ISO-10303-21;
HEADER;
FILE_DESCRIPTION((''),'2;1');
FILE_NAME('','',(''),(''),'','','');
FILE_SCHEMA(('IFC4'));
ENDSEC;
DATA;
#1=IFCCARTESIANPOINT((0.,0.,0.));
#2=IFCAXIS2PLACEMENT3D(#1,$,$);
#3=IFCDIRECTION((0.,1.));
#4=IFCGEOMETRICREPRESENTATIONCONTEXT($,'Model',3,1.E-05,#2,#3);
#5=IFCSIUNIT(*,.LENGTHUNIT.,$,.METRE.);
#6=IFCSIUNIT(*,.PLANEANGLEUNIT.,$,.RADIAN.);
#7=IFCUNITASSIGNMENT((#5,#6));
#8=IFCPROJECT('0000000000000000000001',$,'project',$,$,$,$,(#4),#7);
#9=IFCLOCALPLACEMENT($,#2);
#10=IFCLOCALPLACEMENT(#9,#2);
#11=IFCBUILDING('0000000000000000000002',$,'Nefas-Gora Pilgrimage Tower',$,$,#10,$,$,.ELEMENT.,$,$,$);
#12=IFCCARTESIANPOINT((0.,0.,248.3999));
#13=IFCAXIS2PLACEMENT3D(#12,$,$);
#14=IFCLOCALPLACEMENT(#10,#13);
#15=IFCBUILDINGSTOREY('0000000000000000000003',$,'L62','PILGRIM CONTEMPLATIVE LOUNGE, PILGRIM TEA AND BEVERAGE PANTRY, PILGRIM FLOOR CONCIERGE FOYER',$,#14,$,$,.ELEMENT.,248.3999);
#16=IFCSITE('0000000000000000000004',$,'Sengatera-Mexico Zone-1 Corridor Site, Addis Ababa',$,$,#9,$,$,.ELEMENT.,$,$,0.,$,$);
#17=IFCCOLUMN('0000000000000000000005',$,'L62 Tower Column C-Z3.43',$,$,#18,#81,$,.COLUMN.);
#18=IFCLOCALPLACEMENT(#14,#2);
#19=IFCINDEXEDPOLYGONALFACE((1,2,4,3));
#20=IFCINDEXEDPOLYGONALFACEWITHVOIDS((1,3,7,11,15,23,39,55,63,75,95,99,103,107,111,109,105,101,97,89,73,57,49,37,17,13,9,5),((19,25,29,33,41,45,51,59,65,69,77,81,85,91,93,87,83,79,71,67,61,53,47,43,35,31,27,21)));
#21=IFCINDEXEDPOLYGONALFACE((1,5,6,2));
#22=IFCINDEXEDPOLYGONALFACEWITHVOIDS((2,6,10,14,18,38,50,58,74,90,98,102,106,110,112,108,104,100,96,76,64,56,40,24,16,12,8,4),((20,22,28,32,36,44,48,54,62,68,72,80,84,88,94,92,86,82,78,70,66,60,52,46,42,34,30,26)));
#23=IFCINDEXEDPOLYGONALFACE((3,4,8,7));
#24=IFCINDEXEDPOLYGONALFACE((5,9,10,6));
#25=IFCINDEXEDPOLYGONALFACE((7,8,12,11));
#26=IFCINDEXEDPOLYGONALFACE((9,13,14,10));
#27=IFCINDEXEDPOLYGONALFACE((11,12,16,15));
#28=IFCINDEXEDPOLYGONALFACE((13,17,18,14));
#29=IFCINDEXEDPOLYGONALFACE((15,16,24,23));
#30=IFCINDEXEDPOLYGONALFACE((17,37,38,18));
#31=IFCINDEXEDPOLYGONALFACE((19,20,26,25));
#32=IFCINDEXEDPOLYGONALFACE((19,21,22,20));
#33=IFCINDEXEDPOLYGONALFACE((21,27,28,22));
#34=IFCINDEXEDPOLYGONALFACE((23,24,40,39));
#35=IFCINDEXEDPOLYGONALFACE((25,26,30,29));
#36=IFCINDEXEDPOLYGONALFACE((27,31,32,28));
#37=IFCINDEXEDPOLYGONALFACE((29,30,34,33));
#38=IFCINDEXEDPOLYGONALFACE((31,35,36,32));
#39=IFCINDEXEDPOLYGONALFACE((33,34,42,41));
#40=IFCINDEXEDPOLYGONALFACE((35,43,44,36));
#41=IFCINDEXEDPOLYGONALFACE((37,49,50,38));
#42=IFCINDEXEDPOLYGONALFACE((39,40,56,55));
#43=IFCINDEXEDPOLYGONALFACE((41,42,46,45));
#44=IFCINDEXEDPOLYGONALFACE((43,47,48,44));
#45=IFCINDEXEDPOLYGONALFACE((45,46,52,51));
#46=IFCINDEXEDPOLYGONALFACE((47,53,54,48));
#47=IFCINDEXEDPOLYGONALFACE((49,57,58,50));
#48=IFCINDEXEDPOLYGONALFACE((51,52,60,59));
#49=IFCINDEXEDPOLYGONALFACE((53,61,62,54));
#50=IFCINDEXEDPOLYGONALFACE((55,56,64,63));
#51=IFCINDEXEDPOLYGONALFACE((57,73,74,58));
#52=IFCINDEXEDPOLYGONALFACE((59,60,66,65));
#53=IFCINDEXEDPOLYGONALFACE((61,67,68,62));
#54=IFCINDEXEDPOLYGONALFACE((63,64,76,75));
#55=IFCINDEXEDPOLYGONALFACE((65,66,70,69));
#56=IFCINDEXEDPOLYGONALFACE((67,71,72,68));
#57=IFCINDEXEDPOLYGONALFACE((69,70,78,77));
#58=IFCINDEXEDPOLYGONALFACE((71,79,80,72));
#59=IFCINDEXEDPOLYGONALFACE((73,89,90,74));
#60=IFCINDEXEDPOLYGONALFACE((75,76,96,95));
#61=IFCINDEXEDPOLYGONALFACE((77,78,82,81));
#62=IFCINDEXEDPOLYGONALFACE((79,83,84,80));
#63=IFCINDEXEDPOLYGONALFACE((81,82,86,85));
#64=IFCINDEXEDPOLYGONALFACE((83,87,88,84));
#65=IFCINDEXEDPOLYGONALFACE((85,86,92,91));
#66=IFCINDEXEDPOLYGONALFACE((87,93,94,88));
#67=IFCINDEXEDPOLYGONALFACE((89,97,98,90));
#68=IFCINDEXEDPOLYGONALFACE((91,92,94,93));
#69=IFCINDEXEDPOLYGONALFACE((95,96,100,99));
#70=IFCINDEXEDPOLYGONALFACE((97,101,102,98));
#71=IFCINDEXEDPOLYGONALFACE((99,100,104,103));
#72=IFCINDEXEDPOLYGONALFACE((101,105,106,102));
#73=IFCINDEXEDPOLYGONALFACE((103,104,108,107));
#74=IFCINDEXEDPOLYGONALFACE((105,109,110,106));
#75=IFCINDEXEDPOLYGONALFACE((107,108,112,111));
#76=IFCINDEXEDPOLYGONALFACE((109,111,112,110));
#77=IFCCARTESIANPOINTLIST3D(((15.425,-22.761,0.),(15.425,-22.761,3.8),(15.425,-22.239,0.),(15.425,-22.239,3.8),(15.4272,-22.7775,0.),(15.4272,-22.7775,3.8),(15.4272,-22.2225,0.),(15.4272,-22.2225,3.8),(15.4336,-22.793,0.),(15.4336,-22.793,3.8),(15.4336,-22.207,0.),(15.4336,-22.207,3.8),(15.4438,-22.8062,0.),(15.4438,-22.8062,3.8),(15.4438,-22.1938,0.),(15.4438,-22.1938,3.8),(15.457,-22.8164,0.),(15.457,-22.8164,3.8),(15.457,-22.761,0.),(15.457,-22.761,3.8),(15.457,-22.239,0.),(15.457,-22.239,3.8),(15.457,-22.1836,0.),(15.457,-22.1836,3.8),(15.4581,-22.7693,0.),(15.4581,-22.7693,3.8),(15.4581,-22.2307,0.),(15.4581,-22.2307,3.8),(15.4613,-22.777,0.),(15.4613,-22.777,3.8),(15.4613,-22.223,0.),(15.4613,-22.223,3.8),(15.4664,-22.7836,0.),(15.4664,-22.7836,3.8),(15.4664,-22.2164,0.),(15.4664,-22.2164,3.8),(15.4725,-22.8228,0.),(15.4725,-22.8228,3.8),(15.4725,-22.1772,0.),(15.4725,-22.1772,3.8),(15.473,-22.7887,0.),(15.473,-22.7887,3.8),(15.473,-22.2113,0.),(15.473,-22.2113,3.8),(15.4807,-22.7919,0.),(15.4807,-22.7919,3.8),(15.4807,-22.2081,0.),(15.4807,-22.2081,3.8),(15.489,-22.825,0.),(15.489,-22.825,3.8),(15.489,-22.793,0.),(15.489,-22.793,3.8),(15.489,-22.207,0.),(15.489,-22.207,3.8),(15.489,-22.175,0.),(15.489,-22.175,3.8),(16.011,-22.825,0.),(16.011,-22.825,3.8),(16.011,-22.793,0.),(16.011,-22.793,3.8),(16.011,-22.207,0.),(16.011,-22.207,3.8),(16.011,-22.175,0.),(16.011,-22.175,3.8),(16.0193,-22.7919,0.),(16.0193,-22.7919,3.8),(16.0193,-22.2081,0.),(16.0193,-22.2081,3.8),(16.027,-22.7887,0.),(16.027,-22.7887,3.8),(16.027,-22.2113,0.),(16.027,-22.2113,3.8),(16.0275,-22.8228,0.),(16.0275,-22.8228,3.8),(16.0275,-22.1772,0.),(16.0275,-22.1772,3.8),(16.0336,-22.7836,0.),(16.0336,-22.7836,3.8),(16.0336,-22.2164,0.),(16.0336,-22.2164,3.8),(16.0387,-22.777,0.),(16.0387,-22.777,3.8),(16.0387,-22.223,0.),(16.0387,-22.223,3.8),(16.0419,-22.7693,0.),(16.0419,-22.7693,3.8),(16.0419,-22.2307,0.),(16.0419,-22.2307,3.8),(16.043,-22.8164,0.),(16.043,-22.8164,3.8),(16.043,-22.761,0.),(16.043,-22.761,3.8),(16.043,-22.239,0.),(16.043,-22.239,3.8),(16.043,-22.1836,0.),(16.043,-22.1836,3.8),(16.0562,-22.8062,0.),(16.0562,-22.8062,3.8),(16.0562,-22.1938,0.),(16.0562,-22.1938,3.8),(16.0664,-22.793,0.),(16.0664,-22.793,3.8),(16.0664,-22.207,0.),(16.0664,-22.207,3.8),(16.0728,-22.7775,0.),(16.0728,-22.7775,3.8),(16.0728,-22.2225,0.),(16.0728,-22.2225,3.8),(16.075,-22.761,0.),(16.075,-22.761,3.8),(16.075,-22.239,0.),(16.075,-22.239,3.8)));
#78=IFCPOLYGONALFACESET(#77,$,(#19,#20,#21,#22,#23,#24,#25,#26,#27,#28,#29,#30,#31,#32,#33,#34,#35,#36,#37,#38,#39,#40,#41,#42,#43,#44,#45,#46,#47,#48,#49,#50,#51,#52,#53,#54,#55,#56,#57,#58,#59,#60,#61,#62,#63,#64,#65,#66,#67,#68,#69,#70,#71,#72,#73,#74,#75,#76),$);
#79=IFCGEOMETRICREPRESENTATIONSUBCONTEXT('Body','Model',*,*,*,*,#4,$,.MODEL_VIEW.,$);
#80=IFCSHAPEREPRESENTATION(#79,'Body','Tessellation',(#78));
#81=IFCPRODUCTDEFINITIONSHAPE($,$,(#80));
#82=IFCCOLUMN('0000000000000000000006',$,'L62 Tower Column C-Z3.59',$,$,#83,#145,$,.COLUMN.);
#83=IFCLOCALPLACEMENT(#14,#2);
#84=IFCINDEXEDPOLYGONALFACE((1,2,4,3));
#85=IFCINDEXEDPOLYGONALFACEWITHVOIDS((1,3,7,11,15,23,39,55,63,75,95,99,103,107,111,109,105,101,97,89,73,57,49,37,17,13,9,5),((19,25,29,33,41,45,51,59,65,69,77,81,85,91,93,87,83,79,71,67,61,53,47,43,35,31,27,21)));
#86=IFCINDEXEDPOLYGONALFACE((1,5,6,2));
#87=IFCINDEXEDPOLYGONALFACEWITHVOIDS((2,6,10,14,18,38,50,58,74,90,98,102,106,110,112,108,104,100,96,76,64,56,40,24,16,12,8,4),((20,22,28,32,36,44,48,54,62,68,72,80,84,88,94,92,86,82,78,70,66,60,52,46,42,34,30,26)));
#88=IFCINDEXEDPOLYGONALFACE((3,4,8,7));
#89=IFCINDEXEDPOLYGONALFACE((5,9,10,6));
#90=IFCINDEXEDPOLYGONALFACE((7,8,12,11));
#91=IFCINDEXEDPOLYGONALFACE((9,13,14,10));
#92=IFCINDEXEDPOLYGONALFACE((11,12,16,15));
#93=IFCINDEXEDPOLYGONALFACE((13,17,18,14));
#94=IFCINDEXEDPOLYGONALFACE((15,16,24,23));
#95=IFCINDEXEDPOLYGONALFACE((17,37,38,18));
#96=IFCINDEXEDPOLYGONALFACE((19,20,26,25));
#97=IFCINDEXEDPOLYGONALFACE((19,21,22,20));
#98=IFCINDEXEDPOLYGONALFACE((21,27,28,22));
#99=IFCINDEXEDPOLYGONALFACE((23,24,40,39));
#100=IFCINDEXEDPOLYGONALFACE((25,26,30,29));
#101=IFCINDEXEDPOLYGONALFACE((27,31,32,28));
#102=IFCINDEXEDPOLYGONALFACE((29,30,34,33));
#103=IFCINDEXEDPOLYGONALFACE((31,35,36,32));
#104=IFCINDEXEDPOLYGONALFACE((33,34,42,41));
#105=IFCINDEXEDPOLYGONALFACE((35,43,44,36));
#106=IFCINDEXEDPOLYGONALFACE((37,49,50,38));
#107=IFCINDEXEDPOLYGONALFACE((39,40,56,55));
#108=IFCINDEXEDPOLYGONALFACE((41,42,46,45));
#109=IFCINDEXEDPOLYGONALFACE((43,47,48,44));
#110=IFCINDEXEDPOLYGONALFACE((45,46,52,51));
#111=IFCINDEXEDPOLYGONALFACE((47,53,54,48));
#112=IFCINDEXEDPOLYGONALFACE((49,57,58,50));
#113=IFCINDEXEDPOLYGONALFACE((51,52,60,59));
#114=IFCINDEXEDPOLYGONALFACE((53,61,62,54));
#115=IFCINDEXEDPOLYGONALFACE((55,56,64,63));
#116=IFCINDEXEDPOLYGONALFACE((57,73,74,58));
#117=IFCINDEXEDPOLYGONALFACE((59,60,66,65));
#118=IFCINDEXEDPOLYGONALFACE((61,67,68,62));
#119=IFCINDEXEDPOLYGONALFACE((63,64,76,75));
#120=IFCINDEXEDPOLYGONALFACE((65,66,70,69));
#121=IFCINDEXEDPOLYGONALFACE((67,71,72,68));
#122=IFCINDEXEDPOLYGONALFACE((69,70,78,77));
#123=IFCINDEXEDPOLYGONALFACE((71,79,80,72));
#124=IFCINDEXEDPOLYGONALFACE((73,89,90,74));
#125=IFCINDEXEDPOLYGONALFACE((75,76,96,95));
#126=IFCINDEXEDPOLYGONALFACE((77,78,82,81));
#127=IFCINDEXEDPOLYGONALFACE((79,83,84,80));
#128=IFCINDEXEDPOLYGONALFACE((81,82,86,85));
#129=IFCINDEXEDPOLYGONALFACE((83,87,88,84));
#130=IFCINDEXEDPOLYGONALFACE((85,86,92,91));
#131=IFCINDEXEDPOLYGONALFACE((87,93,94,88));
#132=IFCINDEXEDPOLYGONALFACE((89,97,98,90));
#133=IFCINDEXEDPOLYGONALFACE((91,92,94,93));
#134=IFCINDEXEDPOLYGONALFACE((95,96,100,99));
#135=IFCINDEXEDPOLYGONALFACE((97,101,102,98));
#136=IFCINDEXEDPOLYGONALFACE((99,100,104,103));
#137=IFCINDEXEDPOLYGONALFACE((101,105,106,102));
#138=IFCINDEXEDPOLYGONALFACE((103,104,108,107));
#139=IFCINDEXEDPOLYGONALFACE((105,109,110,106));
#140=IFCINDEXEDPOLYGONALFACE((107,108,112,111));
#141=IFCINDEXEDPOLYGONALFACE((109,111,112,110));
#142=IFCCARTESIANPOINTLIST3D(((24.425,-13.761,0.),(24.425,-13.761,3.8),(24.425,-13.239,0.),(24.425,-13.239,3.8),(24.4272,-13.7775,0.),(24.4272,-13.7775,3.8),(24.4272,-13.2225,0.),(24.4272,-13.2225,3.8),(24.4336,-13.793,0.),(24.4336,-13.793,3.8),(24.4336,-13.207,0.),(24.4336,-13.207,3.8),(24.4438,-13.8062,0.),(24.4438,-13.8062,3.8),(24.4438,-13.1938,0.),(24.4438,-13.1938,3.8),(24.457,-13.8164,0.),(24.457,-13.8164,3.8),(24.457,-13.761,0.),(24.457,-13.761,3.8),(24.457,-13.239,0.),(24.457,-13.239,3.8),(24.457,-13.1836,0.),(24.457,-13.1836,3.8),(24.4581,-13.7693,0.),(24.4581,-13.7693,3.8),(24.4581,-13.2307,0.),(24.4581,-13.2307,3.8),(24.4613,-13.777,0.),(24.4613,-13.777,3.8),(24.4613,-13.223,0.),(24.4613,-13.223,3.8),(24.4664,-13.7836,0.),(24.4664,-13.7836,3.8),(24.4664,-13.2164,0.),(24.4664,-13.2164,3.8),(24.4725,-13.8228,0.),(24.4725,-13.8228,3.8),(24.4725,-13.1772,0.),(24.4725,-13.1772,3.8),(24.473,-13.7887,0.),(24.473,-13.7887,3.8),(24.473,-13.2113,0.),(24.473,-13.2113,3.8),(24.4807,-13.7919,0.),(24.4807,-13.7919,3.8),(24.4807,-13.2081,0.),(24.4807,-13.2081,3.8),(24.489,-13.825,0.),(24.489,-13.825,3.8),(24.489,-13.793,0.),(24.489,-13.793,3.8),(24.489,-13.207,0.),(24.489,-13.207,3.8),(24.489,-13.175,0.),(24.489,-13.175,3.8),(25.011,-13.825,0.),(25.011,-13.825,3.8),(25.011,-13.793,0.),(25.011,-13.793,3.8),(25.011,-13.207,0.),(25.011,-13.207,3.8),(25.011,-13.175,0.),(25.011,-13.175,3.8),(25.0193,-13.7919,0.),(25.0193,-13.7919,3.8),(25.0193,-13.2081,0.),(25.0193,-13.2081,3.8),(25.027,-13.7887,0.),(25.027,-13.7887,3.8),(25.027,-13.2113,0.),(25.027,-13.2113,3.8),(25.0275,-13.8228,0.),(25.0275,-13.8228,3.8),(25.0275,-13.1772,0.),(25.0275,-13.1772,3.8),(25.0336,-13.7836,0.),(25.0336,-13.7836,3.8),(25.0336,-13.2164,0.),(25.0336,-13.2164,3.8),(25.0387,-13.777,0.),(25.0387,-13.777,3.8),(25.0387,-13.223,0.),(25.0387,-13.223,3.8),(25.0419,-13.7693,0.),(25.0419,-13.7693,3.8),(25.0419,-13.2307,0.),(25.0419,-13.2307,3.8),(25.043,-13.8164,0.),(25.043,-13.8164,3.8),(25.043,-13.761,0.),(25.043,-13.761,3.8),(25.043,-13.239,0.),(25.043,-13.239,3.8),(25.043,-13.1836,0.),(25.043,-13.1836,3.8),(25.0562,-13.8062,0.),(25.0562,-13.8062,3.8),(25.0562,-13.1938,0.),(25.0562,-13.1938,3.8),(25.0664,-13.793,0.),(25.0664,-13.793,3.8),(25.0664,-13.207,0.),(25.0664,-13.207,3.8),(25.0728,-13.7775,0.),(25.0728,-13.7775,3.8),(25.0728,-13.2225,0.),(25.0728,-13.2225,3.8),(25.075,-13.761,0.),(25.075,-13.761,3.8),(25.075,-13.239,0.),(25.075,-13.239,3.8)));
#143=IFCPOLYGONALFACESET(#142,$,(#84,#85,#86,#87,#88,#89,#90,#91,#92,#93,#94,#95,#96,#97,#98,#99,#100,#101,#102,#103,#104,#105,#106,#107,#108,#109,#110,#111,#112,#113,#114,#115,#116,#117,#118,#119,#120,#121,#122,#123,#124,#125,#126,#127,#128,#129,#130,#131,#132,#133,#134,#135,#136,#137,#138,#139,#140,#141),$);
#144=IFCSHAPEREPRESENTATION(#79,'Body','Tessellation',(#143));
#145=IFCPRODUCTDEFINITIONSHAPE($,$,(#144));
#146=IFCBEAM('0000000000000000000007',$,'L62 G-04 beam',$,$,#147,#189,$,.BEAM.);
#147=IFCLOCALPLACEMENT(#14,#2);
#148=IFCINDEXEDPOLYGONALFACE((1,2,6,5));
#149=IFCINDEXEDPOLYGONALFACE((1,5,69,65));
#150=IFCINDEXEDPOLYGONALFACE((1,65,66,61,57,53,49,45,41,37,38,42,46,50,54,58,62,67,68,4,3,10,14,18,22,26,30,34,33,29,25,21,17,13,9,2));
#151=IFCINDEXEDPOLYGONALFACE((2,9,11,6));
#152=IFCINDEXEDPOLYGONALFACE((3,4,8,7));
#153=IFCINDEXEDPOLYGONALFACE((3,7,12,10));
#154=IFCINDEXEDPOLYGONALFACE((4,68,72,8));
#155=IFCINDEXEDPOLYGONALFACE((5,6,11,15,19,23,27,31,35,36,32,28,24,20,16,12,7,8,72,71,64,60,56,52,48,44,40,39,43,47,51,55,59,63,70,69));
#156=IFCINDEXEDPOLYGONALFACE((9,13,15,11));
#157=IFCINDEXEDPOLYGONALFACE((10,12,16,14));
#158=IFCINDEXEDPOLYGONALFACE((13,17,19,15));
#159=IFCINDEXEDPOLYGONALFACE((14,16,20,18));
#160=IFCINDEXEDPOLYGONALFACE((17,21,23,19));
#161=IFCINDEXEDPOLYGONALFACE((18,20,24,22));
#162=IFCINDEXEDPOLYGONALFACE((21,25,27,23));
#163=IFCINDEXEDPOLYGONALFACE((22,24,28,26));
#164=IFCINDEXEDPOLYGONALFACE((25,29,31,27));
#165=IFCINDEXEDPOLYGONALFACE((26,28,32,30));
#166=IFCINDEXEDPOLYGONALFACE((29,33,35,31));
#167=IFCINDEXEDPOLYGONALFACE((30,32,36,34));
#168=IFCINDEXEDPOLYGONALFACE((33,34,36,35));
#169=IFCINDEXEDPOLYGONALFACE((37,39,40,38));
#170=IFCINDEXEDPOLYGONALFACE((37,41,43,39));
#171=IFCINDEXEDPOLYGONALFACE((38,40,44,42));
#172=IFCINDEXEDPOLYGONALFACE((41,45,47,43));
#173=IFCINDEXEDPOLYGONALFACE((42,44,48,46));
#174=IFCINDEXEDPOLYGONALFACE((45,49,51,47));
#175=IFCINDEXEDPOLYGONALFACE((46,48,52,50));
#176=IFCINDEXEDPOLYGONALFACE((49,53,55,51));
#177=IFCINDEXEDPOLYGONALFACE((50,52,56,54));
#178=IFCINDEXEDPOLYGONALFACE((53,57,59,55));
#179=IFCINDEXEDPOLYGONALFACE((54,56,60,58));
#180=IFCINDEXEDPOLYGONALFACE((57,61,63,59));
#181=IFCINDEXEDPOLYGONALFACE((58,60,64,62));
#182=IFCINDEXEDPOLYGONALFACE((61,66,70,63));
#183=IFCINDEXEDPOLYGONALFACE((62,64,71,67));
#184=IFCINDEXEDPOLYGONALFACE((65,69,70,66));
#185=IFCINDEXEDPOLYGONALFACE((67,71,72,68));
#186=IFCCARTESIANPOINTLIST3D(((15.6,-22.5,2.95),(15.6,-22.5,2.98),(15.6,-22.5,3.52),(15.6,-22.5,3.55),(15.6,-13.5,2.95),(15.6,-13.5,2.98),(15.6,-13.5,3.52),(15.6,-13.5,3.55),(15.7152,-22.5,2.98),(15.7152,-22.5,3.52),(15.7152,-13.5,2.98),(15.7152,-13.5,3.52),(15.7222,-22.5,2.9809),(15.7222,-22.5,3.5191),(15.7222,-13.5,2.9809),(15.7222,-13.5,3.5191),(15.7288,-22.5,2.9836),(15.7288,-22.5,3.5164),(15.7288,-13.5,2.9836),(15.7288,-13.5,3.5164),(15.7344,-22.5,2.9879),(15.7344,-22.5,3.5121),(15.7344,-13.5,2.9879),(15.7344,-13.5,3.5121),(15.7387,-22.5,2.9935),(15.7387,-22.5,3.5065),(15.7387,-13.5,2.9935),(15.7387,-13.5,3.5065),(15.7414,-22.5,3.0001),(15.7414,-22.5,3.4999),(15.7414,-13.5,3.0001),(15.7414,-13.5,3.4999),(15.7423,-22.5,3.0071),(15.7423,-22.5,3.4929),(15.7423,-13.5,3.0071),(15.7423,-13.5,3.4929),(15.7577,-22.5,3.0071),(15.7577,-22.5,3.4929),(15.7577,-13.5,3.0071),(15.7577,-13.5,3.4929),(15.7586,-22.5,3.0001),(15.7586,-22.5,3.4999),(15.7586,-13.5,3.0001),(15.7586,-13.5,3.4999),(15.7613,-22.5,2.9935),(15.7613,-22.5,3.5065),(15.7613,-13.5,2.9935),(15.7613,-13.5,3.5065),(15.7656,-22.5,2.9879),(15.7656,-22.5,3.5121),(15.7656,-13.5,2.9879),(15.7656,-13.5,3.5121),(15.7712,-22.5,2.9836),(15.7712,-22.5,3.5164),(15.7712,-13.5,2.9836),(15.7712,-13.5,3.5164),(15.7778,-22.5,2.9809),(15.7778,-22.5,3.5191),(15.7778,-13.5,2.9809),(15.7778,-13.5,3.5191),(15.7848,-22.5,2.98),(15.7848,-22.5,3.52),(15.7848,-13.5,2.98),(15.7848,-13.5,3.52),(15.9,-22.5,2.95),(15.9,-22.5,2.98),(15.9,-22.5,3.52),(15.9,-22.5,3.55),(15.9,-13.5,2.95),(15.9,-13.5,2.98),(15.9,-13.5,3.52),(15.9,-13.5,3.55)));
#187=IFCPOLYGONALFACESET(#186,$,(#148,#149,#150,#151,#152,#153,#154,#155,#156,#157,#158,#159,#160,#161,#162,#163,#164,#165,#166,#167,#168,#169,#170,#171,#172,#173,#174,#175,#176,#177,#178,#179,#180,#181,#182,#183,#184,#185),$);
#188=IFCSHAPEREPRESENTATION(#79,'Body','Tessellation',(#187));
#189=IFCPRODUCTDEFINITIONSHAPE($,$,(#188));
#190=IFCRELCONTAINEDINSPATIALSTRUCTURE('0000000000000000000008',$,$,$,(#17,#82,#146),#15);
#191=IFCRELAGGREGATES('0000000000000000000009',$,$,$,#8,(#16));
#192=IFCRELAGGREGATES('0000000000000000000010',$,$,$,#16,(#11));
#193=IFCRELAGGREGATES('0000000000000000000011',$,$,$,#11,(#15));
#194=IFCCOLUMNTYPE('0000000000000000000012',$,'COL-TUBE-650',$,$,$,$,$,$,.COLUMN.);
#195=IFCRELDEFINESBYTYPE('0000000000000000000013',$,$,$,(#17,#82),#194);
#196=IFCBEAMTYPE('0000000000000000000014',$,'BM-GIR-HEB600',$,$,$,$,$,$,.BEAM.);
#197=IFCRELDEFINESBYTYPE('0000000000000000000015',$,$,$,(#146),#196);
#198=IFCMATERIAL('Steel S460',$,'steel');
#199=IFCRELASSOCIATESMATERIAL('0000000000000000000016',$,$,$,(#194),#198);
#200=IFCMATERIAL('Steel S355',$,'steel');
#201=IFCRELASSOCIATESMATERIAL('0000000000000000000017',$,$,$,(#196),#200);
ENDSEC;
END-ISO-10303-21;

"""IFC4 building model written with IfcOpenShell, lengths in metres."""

from ifc_helpers import new_model, si_unit, direction, frame, origin, origin_2d, place, context, subcontext, project, spatial, hollow_rectangle, i_section, extrude, source, transform, mapped, material, material_profile, profile_set, type_object, element, save


model = new_model("IFC4")

# Units and contexts
model_context = context("Model", 3, precision=1e-05, world=origin(), true_north=direction((0.0, 1.0)))
body_context = subcontext(model_context, "Body", "Model", "MODEL_VIEW")
ifc_project = project(units=[si_unit("LENGTHUNIT", "METRE"), si_unit("PLANEANGLEUNIT", "RADIAN")], contexts=[model_context])

# Site, building, storey
site_placement = place(None, origin())
site = spatial("IfcSite", under=ifc_project, at=site_placement, Name="Sengatera-Mexico Zone-1 Corridor Site, Addis Ababa", CompositionType="ELEMENT", RefElevation=0.0)
building_placement = place(site_placement, origin())
building = spatial("IfcBuilding", under=site, at=building_placement, Name="Nefas-Gora Pilgrimage Tower", CompositionType="ELEMENT")
storey_placement = place(building_placement, frame((0.0, 0.0, 248.3999)))
storey = spatial("IfcBuildingStorey", under=building, at=storey_placement, Name="L62", Description="PILGRIM CONTEMPLATIVE LOUNGE, PILGRIM TEA AND BEVERAGE PANTRY, PILGRIM FLOOR CONCIERGE FOYER", CompositionType="ELEMENT", Elevation=248.3999)

# Columns
ifc_material_1 = material(Name="Steel S460", Category="steel")
ifc_material_profile_1 = material_profile(ifc_material_1, hollow_rectangle(XDim=0.6499, YDim=0.6499, WallThickness=0.032, InnerFilletRadius=0.032, OuterFilletRadius=0.064, at=origin_2d()), Name="BOX 650x650x32")
ifc_profile_set_1 = profile_set([ifc_material_profile_1], Name="Steel S460")
column_type_1 = type_object("IfcColumnType", Name="COL-TUBE-650", PredefinedType="COLUMN", material=ifc_profile_set_1)
shared_shape_1 = source(origin(), body_context, "Body", "SweptSolid", [
    extrude(hollow_rectangle(XDim=0.6499, YDim=0.6499, WallThickness=0.032, InnerFilletRadius=0.032, OuterFilletRadius=0.064, at=origin_2d()), origin(), (0.0, 0.0, 1.0), 3.8),
])
for number, where, z_axis, x_axis, name in (
    (1, (15.75, -22.5, 0.0), (0.0, 0.0, 1.0), (1.0, 0.0, 0.0), "L62 Tower Column C-Z3.43"),
    (2, (24.75, -13.5, 0.0), (0.0, 0.0, 1.0), (1.0, 0.0, 0.0), "L62 Tower Column C-Z3.59"),
):
    element("IfcColumn", number, at=place(storey_placement, frame(where, z_axis=z_axis, x_axis=x_axis)), inside=storey, type_object=column_type_1, Name=name, PredefinedType="COLUMN", context=body_context, shape_type="MappedRepresentation", body=[
        mapped(shared_shape_1, transform((0.0, 0.0, 0.0), x_axis=(1.0, 0.0, 0.0), y_axis=(0.0, 1.0, 0.0), z_axis=(0.0, 0.0, 1.0), scale=1.0)),
    ])

# Beam
ifc_material_2 = material(Name="Steel S355", Category="steel")
ifc_material_profile_2 = material_profile(ifc_material_2, i_section(OverallWidth=0.3, OverallDepth=0.6001, WebThickness=0.0154, FlangeThickness=0.03, FilletRadius=0.0271, at=origin_2d()), Name="HEB 600")
ifc_profile_set_2 = profile_set([ifc_material_profile_2], Name="Steel S355")
beam_type_1 = type_object("IfcBeamType", Name="BM-GIR-HEB600", PredefinedType="BEAM", material=ifc_profile_set_2)
shared_shape_2 = source(origin(), body_context, "Body", "SweptSolid", [
    extrude(i_section(OverallWidth=0.3, OverallDepth=0.6001, WebThickness=0.0154, FlangeThickness=0.03, FilletRadius=0.0271, at=origin_2d()), origin(), (0.0, 0.0, 1.0), 9.0),
])
beam_1_placement = place(storey_placement, frame((15.75, -22.5, 3.25), z_axis=(0.0, 1.0, 0.0), x_axis=(-1.0, 0.0, 0.0)))
element("IfcBeam", 3, at=beam_1_placement, inside=storey, type_object=beam_type_1, Name="L62 G-04 beam", PredefinedType="BEAM", context=body_context, shape_type="MappedRepresentation", body=[
    mapped(shared_shape_2, transform((0.0, 0.0, 0.0), x_axis=(1.0, 0.0, 0.0), y_axis=(0.0, 1.0, 0.0), z_axis=(0.0, 0.0, 1.0), scale=1.0)),
])

save(model, "model.ifc")
